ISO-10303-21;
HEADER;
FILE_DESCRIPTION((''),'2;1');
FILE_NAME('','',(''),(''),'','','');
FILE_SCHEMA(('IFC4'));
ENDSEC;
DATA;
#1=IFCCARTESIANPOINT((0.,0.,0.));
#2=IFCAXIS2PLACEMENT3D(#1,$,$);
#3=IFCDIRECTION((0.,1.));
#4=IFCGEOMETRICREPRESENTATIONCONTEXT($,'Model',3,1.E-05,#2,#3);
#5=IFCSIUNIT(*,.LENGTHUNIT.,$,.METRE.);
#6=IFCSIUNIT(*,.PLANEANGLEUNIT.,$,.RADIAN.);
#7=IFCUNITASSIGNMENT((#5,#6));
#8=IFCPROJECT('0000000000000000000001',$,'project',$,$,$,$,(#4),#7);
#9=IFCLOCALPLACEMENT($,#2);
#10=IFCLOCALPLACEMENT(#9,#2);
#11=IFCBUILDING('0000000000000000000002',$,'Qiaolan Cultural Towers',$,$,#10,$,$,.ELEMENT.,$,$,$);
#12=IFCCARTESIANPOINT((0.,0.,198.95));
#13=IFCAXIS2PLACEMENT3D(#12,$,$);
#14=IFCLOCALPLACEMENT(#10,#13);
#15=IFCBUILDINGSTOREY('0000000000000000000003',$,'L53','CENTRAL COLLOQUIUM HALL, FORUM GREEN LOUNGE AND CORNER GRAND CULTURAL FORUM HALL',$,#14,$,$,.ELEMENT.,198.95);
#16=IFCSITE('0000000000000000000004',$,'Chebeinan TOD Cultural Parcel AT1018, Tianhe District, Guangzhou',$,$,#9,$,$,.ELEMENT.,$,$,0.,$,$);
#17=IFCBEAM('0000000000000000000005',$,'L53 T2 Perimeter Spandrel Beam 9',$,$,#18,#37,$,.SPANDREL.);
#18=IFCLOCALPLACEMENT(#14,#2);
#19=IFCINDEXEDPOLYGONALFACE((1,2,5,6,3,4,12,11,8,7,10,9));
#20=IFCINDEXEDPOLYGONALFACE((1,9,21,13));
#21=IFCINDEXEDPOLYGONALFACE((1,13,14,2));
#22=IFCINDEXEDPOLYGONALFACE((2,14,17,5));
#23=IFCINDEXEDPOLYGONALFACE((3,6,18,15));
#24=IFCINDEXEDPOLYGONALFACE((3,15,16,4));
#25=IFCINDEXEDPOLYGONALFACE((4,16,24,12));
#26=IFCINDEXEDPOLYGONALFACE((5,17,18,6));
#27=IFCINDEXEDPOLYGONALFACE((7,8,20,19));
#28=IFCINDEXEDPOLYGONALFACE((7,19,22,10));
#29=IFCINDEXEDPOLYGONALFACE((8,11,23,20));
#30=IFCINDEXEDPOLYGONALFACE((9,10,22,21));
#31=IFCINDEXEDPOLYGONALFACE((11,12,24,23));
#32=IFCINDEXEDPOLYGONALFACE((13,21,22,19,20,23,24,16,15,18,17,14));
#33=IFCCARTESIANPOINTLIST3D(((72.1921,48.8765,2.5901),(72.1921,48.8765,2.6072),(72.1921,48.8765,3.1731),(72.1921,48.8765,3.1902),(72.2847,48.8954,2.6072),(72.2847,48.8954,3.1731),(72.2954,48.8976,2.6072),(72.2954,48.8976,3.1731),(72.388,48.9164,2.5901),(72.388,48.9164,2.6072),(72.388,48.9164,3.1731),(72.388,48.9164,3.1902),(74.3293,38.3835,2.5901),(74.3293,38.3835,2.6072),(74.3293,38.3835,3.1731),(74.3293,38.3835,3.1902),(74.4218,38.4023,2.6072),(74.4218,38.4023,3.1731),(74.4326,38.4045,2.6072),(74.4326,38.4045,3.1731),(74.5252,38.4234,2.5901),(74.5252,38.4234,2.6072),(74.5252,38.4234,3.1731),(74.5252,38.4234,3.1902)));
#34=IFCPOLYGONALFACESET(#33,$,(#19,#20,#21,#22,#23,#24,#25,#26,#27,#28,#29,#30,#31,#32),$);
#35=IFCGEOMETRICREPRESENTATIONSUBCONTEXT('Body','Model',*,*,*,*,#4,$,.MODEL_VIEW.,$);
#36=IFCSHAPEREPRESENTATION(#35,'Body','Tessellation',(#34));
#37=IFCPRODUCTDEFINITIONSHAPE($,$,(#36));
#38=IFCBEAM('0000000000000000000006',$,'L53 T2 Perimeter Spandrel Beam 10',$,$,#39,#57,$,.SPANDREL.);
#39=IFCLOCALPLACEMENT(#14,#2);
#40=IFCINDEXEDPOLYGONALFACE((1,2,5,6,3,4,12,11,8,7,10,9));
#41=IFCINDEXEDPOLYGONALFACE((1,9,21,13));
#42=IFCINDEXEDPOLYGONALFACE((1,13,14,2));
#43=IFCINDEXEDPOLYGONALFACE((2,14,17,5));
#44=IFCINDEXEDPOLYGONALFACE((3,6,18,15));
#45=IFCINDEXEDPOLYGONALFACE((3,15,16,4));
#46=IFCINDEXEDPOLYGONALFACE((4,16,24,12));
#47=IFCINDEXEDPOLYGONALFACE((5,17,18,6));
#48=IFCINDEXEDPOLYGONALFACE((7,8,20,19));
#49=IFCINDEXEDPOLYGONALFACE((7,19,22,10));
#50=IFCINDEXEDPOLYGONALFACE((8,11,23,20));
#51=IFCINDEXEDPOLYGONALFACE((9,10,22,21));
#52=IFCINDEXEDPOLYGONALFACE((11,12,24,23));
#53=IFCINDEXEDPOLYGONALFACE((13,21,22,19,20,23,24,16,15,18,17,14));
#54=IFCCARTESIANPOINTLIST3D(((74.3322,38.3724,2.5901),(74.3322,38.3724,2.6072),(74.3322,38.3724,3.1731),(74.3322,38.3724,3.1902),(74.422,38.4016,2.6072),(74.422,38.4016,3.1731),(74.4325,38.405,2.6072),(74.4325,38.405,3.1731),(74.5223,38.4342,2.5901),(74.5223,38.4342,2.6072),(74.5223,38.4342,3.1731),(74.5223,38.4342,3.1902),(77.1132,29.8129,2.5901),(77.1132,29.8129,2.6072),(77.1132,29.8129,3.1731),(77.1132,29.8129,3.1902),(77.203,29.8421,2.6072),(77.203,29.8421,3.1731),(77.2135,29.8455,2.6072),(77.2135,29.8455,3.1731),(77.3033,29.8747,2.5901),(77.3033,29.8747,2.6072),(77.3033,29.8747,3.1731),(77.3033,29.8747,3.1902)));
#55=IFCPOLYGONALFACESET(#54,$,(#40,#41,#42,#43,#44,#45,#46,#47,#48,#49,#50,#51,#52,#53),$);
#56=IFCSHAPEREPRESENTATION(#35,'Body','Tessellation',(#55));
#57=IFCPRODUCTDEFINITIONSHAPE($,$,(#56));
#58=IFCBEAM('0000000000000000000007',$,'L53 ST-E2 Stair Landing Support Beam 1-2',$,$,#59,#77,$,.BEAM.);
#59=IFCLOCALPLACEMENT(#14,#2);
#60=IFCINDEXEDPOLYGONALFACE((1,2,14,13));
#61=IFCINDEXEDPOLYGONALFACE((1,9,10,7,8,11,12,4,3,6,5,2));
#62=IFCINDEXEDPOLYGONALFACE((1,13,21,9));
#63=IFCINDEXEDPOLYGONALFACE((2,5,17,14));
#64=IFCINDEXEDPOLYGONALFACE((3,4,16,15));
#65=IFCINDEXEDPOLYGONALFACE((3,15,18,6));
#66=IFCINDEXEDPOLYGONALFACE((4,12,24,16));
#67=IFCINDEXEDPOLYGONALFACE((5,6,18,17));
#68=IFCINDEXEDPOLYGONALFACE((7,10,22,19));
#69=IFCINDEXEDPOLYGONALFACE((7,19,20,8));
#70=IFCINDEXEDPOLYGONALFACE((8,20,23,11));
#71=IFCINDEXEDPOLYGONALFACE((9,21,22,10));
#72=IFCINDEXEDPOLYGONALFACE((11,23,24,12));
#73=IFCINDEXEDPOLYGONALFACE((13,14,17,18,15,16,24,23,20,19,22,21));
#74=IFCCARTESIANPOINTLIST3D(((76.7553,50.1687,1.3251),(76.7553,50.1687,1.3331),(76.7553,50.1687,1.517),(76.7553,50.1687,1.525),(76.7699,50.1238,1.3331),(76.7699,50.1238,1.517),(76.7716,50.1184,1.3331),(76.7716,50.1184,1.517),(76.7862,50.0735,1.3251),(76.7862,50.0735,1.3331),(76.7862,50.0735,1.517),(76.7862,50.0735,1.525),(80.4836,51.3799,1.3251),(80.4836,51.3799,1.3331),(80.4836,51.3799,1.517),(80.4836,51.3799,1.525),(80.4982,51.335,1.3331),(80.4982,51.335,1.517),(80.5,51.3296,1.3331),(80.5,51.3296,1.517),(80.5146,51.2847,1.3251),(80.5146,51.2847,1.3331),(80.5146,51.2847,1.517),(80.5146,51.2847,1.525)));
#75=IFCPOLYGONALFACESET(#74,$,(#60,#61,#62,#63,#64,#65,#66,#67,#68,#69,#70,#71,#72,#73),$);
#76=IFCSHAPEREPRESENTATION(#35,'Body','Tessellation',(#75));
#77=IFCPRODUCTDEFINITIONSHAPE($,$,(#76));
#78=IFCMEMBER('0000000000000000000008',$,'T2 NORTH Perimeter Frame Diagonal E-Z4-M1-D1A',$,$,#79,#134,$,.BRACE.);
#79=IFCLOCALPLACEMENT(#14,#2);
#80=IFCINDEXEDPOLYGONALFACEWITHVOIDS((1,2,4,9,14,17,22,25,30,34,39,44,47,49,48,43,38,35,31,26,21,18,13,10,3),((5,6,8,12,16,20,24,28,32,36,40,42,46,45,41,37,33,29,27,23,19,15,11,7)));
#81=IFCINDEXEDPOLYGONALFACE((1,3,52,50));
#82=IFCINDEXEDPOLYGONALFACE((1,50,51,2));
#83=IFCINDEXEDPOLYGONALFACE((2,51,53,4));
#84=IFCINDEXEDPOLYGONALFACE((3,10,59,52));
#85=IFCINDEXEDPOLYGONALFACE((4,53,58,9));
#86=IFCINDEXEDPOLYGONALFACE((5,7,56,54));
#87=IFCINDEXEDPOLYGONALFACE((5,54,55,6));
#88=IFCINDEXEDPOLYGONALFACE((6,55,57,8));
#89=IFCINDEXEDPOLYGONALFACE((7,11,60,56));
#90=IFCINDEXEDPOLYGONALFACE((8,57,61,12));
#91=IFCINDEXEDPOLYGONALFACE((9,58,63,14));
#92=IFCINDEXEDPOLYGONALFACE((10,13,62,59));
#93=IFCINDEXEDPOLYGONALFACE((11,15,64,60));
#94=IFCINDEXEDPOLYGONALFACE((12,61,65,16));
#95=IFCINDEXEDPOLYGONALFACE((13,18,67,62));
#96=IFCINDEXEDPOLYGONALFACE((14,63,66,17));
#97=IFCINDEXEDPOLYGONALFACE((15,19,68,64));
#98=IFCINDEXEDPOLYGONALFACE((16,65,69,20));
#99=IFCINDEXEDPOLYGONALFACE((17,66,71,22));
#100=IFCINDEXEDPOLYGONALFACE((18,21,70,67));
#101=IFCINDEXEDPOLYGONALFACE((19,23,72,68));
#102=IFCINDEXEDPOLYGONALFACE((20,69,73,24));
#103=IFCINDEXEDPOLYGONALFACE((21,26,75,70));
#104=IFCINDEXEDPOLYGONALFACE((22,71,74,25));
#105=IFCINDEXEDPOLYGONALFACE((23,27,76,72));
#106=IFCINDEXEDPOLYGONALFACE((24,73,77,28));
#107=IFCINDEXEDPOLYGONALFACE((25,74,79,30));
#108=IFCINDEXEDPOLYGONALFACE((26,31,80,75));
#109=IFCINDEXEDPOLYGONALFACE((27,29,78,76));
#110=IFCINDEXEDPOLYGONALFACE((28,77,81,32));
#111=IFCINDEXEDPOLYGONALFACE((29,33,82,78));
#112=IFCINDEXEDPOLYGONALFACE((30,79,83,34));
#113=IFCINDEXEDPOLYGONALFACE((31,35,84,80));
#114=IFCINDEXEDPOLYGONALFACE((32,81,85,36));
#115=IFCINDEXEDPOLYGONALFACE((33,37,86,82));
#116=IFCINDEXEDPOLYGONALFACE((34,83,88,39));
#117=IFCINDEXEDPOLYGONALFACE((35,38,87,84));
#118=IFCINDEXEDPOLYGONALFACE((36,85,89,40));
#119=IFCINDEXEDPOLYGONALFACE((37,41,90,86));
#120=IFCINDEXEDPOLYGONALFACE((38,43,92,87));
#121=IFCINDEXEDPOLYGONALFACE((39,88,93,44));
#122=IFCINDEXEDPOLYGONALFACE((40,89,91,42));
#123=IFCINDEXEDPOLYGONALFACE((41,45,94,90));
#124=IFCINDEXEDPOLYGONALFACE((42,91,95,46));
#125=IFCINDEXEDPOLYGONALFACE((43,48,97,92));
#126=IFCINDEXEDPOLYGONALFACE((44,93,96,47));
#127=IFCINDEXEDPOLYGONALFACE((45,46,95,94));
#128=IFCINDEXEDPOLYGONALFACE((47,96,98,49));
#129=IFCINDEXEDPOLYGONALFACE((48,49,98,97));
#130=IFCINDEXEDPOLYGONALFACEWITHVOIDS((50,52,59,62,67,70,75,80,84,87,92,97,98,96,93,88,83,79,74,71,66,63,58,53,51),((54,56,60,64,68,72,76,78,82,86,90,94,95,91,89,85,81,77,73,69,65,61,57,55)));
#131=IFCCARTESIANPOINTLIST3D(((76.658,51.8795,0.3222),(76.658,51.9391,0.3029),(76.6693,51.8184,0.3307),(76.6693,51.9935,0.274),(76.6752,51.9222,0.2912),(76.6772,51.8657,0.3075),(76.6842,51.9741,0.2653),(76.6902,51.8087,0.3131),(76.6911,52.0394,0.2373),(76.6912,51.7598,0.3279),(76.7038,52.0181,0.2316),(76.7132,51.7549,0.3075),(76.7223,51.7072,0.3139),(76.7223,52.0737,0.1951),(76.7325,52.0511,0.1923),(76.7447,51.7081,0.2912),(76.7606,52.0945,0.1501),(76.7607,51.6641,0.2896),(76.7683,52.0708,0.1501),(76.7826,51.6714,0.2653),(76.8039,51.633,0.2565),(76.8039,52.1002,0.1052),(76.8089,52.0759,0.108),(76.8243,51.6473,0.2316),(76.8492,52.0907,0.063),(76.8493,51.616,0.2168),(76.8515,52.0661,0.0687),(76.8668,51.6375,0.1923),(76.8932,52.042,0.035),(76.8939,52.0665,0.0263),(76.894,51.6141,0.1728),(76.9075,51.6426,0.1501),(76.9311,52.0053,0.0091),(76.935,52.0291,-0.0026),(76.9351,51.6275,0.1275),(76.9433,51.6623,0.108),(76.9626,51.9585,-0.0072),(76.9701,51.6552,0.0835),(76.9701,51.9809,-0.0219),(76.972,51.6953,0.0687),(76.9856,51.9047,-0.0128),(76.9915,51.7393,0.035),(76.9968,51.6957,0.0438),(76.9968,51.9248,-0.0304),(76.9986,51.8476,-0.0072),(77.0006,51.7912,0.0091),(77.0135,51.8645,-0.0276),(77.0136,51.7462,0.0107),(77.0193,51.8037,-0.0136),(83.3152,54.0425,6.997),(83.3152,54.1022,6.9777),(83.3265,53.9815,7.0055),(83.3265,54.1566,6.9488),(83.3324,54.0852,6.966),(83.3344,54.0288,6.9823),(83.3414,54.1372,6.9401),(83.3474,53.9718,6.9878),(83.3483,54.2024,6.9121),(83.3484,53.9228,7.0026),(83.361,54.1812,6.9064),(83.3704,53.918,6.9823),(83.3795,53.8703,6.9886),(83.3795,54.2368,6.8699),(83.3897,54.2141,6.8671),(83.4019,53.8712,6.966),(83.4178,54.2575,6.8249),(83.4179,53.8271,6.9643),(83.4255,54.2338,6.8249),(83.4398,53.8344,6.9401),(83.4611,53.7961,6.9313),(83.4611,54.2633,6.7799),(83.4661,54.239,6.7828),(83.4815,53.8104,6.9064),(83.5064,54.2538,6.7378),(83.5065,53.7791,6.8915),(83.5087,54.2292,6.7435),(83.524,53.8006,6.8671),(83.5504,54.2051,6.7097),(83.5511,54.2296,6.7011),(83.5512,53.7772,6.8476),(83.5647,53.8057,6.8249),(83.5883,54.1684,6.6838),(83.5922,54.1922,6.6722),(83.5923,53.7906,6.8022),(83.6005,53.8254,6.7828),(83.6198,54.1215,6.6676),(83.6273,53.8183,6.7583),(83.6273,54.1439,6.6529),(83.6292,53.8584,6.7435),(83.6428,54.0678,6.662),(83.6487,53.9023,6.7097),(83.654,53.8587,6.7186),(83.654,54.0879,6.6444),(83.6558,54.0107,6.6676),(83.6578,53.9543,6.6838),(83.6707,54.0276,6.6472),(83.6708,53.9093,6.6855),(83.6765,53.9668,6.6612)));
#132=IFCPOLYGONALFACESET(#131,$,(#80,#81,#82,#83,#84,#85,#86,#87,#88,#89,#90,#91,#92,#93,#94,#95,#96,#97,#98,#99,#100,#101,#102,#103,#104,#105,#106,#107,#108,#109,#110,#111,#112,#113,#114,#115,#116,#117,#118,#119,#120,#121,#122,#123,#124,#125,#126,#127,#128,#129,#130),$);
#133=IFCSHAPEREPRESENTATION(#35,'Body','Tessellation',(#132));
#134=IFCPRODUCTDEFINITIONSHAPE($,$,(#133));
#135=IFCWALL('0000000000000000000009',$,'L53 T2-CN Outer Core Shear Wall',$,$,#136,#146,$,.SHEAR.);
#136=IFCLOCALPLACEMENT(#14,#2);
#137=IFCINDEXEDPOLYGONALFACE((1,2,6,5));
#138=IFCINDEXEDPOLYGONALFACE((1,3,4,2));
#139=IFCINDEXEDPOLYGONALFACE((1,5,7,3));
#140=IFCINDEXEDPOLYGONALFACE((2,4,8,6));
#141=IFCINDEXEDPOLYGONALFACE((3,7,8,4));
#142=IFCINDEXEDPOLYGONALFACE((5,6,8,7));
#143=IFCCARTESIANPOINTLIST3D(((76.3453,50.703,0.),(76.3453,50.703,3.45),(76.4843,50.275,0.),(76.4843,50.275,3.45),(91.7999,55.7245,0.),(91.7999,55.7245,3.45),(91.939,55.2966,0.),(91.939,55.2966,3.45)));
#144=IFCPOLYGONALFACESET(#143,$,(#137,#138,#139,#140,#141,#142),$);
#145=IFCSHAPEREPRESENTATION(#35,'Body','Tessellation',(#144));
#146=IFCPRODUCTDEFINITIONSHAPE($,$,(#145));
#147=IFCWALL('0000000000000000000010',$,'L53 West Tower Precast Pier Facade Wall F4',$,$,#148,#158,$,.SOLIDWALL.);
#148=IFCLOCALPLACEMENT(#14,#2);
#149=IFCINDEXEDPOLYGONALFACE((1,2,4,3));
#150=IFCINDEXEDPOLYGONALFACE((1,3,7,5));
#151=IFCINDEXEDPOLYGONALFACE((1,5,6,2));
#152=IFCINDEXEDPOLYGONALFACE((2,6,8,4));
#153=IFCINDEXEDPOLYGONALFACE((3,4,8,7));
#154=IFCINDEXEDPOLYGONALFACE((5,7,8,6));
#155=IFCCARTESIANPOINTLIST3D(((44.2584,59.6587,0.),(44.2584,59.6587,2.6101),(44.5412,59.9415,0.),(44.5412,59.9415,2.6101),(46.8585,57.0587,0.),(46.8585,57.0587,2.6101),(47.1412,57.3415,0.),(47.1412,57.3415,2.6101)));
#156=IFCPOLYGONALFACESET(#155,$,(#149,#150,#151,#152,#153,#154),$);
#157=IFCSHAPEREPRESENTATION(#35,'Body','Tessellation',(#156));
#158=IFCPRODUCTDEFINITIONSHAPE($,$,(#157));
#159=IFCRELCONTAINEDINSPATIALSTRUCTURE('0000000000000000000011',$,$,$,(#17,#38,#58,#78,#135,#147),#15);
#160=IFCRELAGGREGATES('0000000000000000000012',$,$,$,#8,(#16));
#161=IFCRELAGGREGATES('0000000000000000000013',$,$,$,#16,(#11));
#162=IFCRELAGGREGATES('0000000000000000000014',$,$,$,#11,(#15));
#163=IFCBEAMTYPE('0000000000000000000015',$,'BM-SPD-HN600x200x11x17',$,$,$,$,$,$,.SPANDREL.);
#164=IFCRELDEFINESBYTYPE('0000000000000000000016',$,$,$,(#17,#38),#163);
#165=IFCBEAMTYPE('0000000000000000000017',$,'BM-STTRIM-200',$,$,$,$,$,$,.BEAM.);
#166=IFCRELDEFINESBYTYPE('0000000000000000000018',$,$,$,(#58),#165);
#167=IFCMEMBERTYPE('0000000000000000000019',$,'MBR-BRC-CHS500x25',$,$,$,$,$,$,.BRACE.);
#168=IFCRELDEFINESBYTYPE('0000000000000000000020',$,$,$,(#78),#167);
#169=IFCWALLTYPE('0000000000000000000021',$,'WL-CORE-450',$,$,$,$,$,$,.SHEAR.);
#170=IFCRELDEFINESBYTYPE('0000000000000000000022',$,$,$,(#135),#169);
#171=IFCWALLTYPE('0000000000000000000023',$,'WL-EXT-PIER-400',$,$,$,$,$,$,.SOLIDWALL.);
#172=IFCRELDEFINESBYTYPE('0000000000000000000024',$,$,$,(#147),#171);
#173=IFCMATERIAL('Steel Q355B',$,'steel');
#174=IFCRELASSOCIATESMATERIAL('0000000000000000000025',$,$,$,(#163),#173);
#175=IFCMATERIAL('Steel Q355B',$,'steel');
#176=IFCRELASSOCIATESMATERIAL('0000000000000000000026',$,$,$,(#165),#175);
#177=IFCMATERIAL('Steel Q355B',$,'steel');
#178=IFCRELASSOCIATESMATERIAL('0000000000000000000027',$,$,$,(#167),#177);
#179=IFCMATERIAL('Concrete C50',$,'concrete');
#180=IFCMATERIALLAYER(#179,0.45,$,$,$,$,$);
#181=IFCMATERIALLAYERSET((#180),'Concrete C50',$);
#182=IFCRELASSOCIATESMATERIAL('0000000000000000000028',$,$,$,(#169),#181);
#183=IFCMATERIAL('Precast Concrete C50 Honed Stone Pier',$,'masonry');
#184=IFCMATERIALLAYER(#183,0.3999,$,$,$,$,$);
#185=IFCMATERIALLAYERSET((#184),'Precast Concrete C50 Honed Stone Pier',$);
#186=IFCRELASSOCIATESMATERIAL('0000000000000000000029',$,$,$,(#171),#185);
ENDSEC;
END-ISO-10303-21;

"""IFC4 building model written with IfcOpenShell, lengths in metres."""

from ifc_helpers import new_model, si_unit, direction, frame, frame_2d, origin, origin_2d, place, context, subcontext, project, spatial, rectangle, hollow_circle, i_section, extrude, material, layer, layer_set, material_profile, profile_set, type_object, element, save


model = new_model("IFC4")

# Units and contexts
model_context = context("Model", 3, precision=1e-05, world=origin(), true_north=direction((0.0, 1.0)))
body_context = subcontext(model_context, "Body", "Model", "MODEL_VIEW")
ifc_project = project(units=[si_unit("LENGTHUNIT", "METRE"), si_unit("PLANEANGLEUNIT", "RADIAN")], contexts=[model_context])

# Site, building, storey
site_placement = place(None, origin())
site = spatial("IfcSite", under=ifc_project, at=site_placement, Name="Chebeinan TOD Cultural Parcel AT1018, Tianhe District, Guangzhou", CompositionType="ELEMENT", RefElevation=0.0)
building_placement = place(site_placement, origin())
building = spatial("IfcBuilding", under=site, at=building_placement, Name="Qiaolan Cultural Towers", CompositionType="ELEMENT")
storey_placement = place(building_placement, frame((0.0, 0.0, 198.95)))
storey = spatial("IfcBuildingStorey", under=building, at=storey_placement, Name="L53", Description="CENTRAL COLLOQUIUM HALL, FORUM GREEN LOUNGE AND CORNER GRAND CULTURAL FORUM HALL", CompositionType="ELEMENT", Elevation=198.95)

# Beams
ifc_material_1 = material(Name="Steel Q355B", Category="steel")
ifc_material_profile_1 = material_profile(ifc_material_1, i_section(OverallWidth=0.2, OverallDepth=0.6001, WebThickness=0.011, FlangeThickness=0.0171, at=origin_2d()), Name="HN600x200x11x17")
ifc_profile_set_1 = profile_set([ifc_material_profile_1], Name="Steel Q355B")
beam_type_1 = type_object("IfcBeamType", Name="BM-SPD-HN600x200x11x17", PredefinedType="SPANDREL", material=ifc_profile_set_1)
beam_1_placement = place(storey_placement, frame((72.29, 48.8965, 2.8901), z_axis=(0.199579, -0.979882, 0.0), x_axis=(0.979882, 0.199579, 0.0)))
element("IfcBeam", 1, at=beam_1_placement, inside=storey, type_object=beam_type_1, Name="L53 T2 Perimeter Spandrel Beam 9", PredefinedType="SPANDREL", context=body_context, shape_type="SweptSolid", body=[
    extrude(i_section(OverallWidth=0.2, OverallDepth=0.6001, WebThickness=0.011, FlangeThickness=0.0171, at=origin_2d()), origin(), (0.0, 0.0, 1.0), 10.7085),
])
beam_2_placement = place(storey_placement, frame((74.4272, 38.4033, 2.8901), z_axis=(0.309, -0.951062, 0.0), x_axis=(0.951062, 0.309, 0.0)))
element("IfcBeam", 2, at=beam_2_placement, inside=storey, type_object=beam_type_1, Name="L53 T2 Perimeter Spandrel Beam 10", PredefinedType="SPANDREL", context=body_context, shape_type="SweptSolid", body=[
    extrude(i_section(OverallWidth=0.2, OverallDepth=0.6001, WebThickness=0.011, FlangeThickness=0.0171, at=origin_2d()), origin(), (0.0, 0.0, 1.0), 9.0),
])
ifc_material_2 = material(Name="Steel Q355B", Category="steel")
ifc_material_profile_2 = material_profile(ifc_material_2, i_section(OverallWidth=0.1001, OverallDepth=0.2, WebThickness=0.0056, FlangeThickness=0.0081, at=origin_2d()), Name="HN200x100x5.5x8")
ifc_profile_set_2 = profile_set([ifc_material_profile_2], Name="Steel Q355B")
beam_type_2 = type_object("IfcBeamType", Name="BM-STTRIM-200", PredefinedType="BEAM", material=ifc_profile_set_2)
beam_3_placement = place(storey_placement, frame((76.7708, 50.1211, 1.425), z_axis=(0.951072, 0.308969, 0.0), x_axis=(-0.308969, 0.951072, 0.0)))
element("IfcBeam", 3, at=beam_3_placement, inside=storey, type_object=beam_type_2, Name="L53 ST-E2 Stair Landing Support Beam 1-2", PredefinedType="BEAM", context=body_context, shape_type="SweptSolid", body=[
    extrude(i_section(OverallWidth=0.1001, OverallDepth=0.2, WebThickness=0.0056, FlangeThickness=0.0081, at=origin_2d()), origin(), (0.0, 0.0, 1.0), 3.9202),
])

# Member
ifc_material_3 = material(Name="Steel Q355B", Category="steel")
ifc_material_profile_3 = material_profile(ifc_material_3, hollow_circle(Radius=0.25, WallThickness=0.0249, at=origin_2d()), Name="CHS500x25")
ifc_profile_set_3 = profile_set([ifc_material_profile_3], Name="Steel Q355B")
member_type = type_object("IfcMemberType", Name="MBR-BRC-CHS500x25", PredefinedType="BRACE", material=ifc_profile_set_3)
member_placement = place(storey_placement, frame((76.8379, 51.8567, 0.1501), z_axis=(0.688288, 0.22364, 0.690105), x_axis=(-0.30902, 0.951056, 0.0)))
element("IfcMember", 4, at=member_placement, inside=storey, type_object=member_type, Name="T2 NORTH Perimeter Frame Diagonal E-Z4-M1-D1A", PredefinedType="BRACE", context=body_context, shape_type="SweptSolid", body=[
    extrude(hollow_circle(Radius=0.25, WallThickness=0.0249, at=origin_2d()), origin(), (0.0, 0.0, 1.0), 9.6721),
])

# Walls
ifc_material_4 = material(Name="Concrete C50", Category="concrete")
ifc_layer_1 = layer(ifc_material_4, 0.45)
ifc_layer_set_1 = layer_set([ifc_layer_1], Name="Concrete C50")
wall_type_1 = type_object("IfcWallType", Name="WL-CORE-450", PredefinedType="SHEAR", material=ifc_layer_set_1)
wall_1_placement = place(storey_placement, frame((76.4148, 50.489, 0.0), z_axis=(0.0, 0.0, 1.0), x_axis=(0.951057, 0.309016, 0.0)))
element("IfcWall", 5, at=wall_1_placement, inside=storey, type_object=wall_type_1, Name="L53 T2-CN Outer Core Shear Wall", PredefinedType="SHEAR", context=body_context, shape_type="SweptSolid", body=[
    extrude(rectangle(XDim=16.25, YDim=0.45, at=frame_2d((8.125, 0.0))), origin(), (0.0, 0.0, 1.0), 3.45),
])
ifc_material_5 = material(Name="Precast Concrete C50 Honed Stone Pier", Category="masonry")
ifc_layer_2 = layer(ifc_material_5, 0.3999)
ifc_layer_set_2 = layer_set([ifc_layer_2], Name="Precast Concrete C50 Honed Stone Pier")
wall_type_2 = type_object("IfcWallType", Name="WL-EXT-PIER-400", PredefinedType="SOLIDWALL", material=ifc_layer_set_2)
wall_2_placement = place(storey_placement, frame((44.3999, 59.8, 0.0), z_axis=(0.0, 0.0, 1.0), x_axis=(0.707107, -0.707107, 0.0)))
element("IfcWall", 6, at=wall_2_placement, inside=storey, type_object=wall_type_2, Name="L53 West Tower Precast Pier Facade Wall F4", PredefinedType="SOLIDWALL", context=body_context, shape_type="SweptSolid", body=[
    extrude(rectangle(XDim=3.677, YDim=0.3999, at=frame_2d((1.8384, 0.0))), origin(), (0.0, 0.0, 1.0), 2.6101),
])

save(model, "model.ifc")
